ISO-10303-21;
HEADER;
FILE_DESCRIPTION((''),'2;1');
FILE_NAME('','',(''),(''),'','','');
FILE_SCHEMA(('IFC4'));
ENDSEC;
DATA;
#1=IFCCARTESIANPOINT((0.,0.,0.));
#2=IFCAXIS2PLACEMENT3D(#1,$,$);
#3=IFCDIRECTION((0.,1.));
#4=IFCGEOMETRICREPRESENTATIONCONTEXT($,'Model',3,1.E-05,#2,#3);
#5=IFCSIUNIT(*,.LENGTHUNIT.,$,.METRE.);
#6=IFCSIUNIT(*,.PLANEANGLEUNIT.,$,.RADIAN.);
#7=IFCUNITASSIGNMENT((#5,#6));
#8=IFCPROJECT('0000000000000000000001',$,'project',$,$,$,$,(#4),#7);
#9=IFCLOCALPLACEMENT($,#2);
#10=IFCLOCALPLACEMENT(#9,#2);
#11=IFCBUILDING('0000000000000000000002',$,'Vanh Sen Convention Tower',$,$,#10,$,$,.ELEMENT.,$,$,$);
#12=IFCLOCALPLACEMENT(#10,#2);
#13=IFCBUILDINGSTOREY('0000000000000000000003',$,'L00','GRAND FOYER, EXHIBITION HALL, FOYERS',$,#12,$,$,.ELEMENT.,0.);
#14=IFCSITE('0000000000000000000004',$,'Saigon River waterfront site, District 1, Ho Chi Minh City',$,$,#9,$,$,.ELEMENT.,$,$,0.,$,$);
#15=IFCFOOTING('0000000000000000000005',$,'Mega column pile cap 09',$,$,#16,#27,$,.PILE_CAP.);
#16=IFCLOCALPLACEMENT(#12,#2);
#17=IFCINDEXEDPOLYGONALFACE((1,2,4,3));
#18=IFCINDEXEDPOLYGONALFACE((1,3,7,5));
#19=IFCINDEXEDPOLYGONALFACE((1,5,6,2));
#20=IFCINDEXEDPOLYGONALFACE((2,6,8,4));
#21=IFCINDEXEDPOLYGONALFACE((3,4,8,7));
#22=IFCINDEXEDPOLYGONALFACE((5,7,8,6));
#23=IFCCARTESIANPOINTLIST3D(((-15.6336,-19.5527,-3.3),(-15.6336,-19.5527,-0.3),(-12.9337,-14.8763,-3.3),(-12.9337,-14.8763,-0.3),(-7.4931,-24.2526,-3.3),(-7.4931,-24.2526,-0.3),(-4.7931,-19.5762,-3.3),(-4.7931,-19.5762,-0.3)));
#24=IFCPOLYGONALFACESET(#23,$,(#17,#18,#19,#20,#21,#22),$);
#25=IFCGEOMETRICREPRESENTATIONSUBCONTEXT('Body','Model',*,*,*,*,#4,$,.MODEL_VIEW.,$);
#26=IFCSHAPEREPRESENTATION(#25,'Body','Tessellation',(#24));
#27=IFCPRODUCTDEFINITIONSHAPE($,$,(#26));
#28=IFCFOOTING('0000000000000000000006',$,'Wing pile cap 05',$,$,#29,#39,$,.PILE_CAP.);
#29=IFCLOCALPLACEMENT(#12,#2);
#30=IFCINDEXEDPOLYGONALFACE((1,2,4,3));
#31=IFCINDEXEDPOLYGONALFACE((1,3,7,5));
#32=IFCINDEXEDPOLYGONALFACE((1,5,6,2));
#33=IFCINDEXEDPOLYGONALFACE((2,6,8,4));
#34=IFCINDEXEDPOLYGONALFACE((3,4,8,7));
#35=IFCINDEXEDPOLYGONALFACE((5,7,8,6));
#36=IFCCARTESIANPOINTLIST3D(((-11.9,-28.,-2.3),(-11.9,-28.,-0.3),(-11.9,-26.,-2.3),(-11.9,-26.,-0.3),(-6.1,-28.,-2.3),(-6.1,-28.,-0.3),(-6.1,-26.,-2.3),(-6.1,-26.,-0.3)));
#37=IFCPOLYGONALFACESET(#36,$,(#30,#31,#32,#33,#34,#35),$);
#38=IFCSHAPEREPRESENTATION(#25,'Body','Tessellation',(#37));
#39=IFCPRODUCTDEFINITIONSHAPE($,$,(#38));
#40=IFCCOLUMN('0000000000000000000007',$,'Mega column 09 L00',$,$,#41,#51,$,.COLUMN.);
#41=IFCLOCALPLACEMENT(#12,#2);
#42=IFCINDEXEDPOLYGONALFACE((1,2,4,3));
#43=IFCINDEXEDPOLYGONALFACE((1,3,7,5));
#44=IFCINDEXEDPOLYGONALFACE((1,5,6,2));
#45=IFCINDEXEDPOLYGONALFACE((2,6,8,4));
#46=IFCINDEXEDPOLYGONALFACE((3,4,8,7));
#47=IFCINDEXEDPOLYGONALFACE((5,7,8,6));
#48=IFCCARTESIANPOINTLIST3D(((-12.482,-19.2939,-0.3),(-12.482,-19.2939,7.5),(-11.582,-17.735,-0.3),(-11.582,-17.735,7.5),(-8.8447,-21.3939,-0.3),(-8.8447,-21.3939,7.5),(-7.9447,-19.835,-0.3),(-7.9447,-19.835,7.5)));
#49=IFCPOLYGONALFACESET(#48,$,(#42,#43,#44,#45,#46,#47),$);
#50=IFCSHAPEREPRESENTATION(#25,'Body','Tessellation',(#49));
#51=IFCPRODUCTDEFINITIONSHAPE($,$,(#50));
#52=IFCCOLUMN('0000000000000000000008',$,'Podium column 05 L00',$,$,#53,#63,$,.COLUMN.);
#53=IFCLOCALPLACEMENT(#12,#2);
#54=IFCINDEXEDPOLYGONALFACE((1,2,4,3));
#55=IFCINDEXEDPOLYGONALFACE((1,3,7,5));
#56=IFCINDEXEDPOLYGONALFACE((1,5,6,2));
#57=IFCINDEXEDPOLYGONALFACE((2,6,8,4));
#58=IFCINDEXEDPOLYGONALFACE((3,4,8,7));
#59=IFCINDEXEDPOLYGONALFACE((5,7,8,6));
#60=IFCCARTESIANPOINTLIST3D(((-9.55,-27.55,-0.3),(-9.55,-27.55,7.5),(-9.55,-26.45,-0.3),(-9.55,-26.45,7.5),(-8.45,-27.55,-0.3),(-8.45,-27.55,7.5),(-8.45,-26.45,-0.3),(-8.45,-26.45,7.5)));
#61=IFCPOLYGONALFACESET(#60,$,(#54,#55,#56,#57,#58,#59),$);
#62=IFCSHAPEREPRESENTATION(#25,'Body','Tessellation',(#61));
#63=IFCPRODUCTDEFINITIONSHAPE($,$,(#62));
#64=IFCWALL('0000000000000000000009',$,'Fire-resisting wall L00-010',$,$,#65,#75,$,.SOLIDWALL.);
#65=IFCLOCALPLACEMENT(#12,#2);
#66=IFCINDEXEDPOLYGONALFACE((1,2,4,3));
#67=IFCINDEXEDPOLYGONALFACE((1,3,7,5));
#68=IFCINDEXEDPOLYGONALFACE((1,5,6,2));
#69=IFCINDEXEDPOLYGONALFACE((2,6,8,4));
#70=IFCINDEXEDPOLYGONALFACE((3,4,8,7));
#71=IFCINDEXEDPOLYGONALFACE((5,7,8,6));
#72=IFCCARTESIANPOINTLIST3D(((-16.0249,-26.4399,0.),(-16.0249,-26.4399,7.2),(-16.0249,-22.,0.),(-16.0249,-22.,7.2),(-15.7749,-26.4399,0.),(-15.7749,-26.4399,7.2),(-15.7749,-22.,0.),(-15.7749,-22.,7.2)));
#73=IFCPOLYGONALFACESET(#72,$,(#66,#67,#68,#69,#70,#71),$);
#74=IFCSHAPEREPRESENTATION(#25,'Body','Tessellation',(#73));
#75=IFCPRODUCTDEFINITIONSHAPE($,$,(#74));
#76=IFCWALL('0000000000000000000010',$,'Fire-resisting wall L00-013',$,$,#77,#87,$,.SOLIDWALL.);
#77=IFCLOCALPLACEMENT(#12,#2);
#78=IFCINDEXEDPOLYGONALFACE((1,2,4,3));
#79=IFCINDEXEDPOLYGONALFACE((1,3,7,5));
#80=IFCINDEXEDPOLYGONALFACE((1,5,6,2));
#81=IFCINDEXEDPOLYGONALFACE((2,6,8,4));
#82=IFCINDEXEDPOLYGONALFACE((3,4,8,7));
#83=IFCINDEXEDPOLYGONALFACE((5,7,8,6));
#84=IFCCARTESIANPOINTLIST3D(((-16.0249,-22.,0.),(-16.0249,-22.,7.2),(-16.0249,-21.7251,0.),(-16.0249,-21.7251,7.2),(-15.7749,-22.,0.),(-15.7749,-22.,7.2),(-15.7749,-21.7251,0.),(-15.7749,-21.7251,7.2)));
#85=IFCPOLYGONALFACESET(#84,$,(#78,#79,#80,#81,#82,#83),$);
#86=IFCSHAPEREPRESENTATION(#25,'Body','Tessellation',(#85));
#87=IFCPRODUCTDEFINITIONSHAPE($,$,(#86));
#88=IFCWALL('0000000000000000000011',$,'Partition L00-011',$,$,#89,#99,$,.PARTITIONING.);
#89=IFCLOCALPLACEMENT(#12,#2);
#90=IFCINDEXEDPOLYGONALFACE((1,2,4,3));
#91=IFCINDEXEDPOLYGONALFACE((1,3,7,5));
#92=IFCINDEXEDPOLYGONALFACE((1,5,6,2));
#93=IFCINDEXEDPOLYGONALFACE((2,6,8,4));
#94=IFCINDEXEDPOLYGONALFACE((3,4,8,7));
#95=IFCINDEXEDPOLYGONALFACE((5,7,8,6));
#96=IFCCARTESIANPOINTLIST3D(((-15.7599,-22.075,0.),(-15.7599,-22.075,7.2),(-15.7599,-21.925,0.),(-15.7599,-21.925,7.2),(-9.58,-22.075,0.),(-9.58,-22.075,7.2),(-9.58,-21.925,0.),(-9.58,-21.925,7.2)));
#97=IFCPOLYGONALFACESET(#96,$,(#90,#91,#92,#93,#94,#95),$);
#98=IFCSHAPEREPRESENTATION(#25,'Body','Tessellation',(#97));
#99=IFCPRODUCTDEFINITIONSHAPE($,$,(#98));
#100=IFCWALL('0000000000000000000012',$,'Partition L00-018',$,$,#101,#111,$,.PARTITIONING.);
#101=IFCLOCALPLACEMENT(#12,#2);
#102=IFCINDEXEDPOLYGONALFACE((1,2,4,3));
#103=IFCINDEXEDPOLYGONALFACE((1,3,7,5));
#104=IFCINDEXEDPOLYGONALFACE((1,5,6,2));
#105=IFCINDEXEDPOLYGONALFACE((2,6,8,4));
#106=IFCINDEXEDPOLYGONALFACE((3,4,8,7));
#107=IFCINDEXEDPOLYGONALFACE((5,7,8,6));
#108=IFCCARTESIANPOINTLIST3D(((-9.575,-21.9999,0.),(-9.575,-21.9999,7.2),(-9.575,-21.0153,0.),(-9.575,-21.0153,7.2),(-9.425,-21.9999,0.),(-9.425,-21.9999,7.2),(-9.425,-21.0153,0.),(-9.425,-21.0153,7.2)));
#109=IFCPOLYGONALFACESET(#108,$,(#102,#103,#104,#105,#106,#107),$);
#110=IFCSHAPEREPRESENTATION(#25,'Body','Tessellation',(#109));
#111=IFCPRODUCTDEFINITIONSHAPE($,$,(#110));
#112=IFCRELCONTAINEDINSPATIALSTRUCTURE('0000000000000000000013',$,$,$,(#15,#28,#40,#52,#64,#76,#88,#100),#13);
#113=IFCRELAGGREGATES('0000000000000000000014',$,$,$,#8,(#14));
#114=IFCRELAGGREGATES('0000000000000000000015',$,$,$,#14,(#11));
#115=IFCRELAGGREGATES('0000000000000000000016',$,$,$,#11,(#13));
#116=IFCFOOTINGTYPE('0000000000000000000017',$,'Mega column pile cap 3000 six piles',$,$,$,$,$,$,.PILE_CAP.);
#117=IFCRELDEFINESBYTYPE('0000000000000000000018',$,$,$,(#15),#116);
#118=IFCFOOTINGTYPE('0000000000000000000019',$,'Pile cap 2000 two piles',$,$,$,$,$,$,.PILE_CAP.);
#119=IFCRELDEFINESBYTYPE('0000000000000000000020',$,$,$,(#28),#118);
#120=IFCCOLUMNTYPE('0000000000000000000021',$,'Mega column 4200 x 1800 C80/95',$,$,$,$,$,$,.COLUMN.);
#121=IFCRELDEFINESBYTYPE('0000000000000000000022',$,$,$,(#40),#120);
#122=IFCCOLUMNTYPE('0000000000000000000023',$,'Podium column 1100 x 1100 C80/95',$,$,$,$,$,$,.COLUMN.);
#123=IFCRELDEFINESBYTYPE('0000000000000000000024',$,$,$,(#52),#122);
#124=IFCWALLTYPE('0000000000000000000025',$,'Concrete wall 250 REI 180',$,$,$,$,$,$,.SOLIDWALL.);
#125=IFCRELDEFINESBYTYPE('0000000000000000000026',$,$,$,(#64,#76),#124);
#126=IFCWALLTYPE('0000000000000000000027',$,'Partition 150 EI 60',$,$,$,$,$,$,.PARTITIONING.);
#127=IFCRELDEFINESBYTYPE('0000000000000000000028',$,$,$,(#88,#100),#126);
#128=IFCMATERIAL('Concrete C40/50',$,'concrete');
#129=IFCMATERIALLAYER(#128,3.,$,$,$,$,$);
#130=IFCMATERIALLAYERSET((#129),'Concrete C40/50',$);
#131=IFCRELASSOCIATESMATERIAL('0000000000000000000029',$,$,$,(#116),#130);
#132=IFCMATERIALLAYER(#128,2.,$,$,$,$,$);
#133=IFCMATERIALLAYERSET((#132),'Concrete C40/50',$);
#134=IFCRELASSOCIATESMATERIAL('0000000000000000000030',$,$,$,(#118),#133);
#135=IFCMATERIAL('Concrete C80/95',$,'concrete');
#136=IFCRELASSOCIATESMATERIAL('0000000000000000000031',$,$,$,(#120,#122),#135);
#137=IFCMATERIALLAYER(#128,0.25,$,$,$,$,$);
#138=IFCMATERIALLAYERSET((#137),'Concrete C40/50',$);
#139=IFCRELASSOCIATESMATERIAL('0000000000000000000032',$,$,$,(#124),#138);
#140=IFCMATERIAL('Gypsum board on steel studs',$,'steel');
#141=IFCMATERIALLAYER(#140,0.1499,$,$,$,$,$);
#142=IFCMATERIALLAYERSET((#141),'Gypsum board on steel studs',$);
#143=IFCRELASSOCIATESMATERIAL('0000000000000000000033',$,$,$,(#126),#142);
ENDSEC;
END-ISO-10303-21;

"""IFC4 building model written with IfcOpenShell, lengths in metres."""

from ifc_helpers import new_model, si_unit, direction, frame, frame_2d, origin, origin_2d, place, context, subcontext, project, spatial, rectangle, extrude, material, layer, layer_set, material_profile, profile_set, type_object, element, save


model = new_model("IFC4")

# Units and contexts
model_context = context("Model", 3, precision=1e-05, world=origin(), true_north=direction((0.0, 1.0)))
body_context = subcontext(model_context, "Body", "Model", "MODEL_VIEW")
ifc_project = project(units=[si_unit("LENGTHUNIT", "METRE"), si_unit("PLANEANGLEUNIT", "RADIAN")], contexts=[model_context])

# Site, building, storey
site_placement = place(None, origin())
site = spatial("IfcSite", under=ifc_project, at=site_placement, Name="Saigon River waterfront site, District 1, Ho Chi Minh City", CompositionType="ELEMENT", RefElevation=0.0)
building_placement = place(site_placement, origin())
building = spatial("IfcBuilding", under=site, at=building_placement, Name="Vanh Sen Convention Tower", CompositionType="ELEMENT")
storey_placement = place(building_placement, origin())
storey = spatial("IfcBuildingStorey", under=building, at=storey_placement, Name="L00", Description="GRAND FOYER, EXHIBITION HALL, FOYERS", CompositionType="ELEMENT", Elevation=0.0)

# Shared definitions
ifc_material_1 = material(Name="Concrete C40/50", Category="concrete")

# Footings
ifc_layer_1 = layer(ifc_material_1, 3.0)
ifc_layer_set_1 = layer_set([ifc_layer_1], Name="Concrete C40/50")
footing_type_1 = type_object("IfcFootingType", Name="Mega column pile cap 3000 six piles", PredefinedType="PILE_CAP", material=ifc_layer_set_1)
footing_1_placement = place(storey_placement, frame((-10.2134, -19.5645, -3.3), z_axis=(0.0, 0.0, 1.0), x_axis=(0.866028, -0.499995, 0.0)))
element("IfcFooting", 1, at=footing_1_placement, inside=storey, type_object=footing_type_1, Name="Mega column pile cap 09", PredefinedType="PILE_CAP", context=body_context, shape_type="SweptSolid", body=[
    extrude(rectangle(XDim=9.3999, YDim=5.3999, at=origin_2d()), origin(), (0.0, 0.0, 1.0), 3.0),
])
ifc_layer_2 = layer(ifc_material_1, 2.0)
ifc_layer_set_2 = layer_set([ifc_layer_2], Name="Concrete C40/50")
footing_type_2 = type_object("IfcFootingType", Name="Pile cap 2000 two piles", PredefinedType="PILE_CAP", material=ifc_layer_set_2)
footing_2_placement = place(storey_placement, frame((-9.0, -27.0, -2.3), z_axis=(0.0, 0.0, 1.0), x_axis=(1.0, 0.0, 0.0)))
element("IfcFooting", 2, at=footing_2_placement, inside=storey, type_object=footing_type_2, Name="Wing pile cap 05", PredefinedType="PILE_CAP", context=body_context, shape_type="SweptSolid", body=[
    extrude(rectangle(XDim=5.8, YDim=2.0, at=origin_2d()), origin(), (0.0, 0.0, 1.0), 2.0),
])

# Columns
ifc_material_2 = material(Name="Concrete C80/95", Category="concrete")
ifc_material_profile_1 = material_profile(ifc_material_2, rectangle(XDim=4.2, YDim=1.8, at=origin_2d()), Name="RC 4200X1800")
ifc_profile_set_1 = profile_set([ifc_material_profile_1], Name="Concrete C80/95")
column_type_1 = type_object("IfcColumnType", Name="Mega column 4200 x 1800 C80/95", PredefinedType="COLUMN", material=ifc_profile_set_1)
column_1_placement = place(storey_placement, frame((-10.2134, -19.5645, -0.3), z_axis=(0.0, 0.0, 1.0), x_axis=(0.866028, -0.499995, 0.0)))
element("IfcColumn", 3, at=column_1_placement, inside=storey, type_object=column_type_1, Name="Mega column 09 L00", PredefinedType="COLUMN", context=body_context, shape_type="SweptSolid", body=[
    extrude(rectangle(XDim=4.2, YDim=1.8, at=origin_2d()), origin(), (0.0, 0.0, 1.0), 7.8),
])
ifc_material_profile_2 = material_profile(ifc_material_2, rectangle(XDim=1.1001, YDim=1.1001, at=origin_2d()), Name="RC 1100X1100")
ifc_profile_set_2 = profile_set([ifc_material_profile_2], Name="Concrete C80/95")
column_type_2 = type_object("IfcColumnType", Name="Podium column 1100 x 1100 C80/95", PredefinedType="COLUMN", material=ifc_profile_set_2)
column_2_placement = place(storey_placement, frame((-9.0, -27.0, -0.3), z_axis=(0.0, 0.0, 1.0), x_axis=(1.0, 0.0, 0.0)))
element("IfcColumn", 4, at=column_2_placement, inside=storey, type_object=column_type_2, Name="Podium column 05 L00", PredefinedType="COLUMN", context=body_context, shape_type="SweptSolid", body=[
    extrude(rectangle(XDim=1.1001, YDim=1.1001, at=origin_2d()), origin(), (0.0, 0.0, 1.0), 7.8),
])

# Walls
ifc_layer_3 = layer(ifc_material_1, 0.25)
ifc_layer_set_3 = layer_set([ifc_layer_3], Name="Concrete C40/50")
wall_type_1 = type_object("IfcWallType", Name="Concrete wall 250 REI 180", PredefinedType="SOLIDWALL", material=ifc_layer_set_3)
wall_1_placement = place(storey_placement, frame((-15.8999, -22.0, 0.0), z_axis=(0.0, 0.0, 1.0), x_axis=(0.0, -1.0, 0.0)))
element("IfcWall", 5, at=wall_1_placement, inside=storey, type_object=wall_type_1, Name="Fire-resisting wall L00-010", PredefinedType="SOLIDWALL", context=body_context, shape_type="SweptSolid", body=[
    extrude(rectangle(XDim=4.4399, YDim=0.25, at=frame_2d((2.22, 0.0))), origin(), (0.0, 0.0, 1.0), 7.2),
])
wall_2_placement = place(storey_placement, frame((-15.8999, -21.7251, 0.0), z_axis=(0.0, 0.0, 1.0), x_axis=(0.0, -1.0, 0.0)))
element("IfcWall", 6, at=wall_2_placement, inside=storey, type_object=wall_type_1, Name="Fire-resisting wall L00-013", PredefinedType="SOLIDWALL", context=body_context, shape_type="SweptSolid", body=[
    extrude(rectangle(XDim=0.2749, YDim=0.25, at=frame_2d((0.1375, 0.0))), origin(), (0.0, 0.0, 1.0), 7.2),
])
ifc_material_3 = material(Name="Gypsum board on steel studs", Category="steel")
ifc_layer_4 = layer(ifc_material_3, 0.1499)
ifc_layer_set_4 = layer_set([ifc_layer_4], Name="Gypsum board on steel studs")
wall_type_2 = type_object("IfcWallType", Name="Partition 150 EI 60", PredefinedType="PARTITIONING", material=ifc_layer_set_4)
wall_3_placement = place(storey_placement, frame((-9.5801, -22.0, 0.0), z_axis=(0.0, 0.0, 1.0), x_axis=(-1.0, 0.0, 0.0)))
element("IfcWall", 7, at=wall_3_placement, inside=storey, type_object=wall_type_2, Name="Partition L00-011", PredefinedType="PARTITIONING", context=body_context, shape_type="SweptSolid", body=[
    extrude(rectangle(XDim=6.1799, YDim=0.1499, at=frame_2d((3.0898, 0.0))), origin(), (0.0, 0.0, 1.0), 7.2),
])
wall_4_placement = place(storey_placement, frame((-9.5, -21.0154, 0.0), z_axis=(0.0, 0.0, 1.0), x_axis=(0.0, -1.0, 0.0)))
element("IfcWall", 8, at=wall_4_placement, inside=storey, type_object=wall_type_2, Name="Partition L00-018", PredefinedType="PARTITIONING", context=body_context, shape_type="SweptSolid", body=[
    extrude(rectangle(XDim=0.9846, YDim=0.1499, at=frame_2d((0.4922, 0.0))), origin(), (0.0, 0.0, 1.0), 7.2),
])

save(model, "model.ifc")
